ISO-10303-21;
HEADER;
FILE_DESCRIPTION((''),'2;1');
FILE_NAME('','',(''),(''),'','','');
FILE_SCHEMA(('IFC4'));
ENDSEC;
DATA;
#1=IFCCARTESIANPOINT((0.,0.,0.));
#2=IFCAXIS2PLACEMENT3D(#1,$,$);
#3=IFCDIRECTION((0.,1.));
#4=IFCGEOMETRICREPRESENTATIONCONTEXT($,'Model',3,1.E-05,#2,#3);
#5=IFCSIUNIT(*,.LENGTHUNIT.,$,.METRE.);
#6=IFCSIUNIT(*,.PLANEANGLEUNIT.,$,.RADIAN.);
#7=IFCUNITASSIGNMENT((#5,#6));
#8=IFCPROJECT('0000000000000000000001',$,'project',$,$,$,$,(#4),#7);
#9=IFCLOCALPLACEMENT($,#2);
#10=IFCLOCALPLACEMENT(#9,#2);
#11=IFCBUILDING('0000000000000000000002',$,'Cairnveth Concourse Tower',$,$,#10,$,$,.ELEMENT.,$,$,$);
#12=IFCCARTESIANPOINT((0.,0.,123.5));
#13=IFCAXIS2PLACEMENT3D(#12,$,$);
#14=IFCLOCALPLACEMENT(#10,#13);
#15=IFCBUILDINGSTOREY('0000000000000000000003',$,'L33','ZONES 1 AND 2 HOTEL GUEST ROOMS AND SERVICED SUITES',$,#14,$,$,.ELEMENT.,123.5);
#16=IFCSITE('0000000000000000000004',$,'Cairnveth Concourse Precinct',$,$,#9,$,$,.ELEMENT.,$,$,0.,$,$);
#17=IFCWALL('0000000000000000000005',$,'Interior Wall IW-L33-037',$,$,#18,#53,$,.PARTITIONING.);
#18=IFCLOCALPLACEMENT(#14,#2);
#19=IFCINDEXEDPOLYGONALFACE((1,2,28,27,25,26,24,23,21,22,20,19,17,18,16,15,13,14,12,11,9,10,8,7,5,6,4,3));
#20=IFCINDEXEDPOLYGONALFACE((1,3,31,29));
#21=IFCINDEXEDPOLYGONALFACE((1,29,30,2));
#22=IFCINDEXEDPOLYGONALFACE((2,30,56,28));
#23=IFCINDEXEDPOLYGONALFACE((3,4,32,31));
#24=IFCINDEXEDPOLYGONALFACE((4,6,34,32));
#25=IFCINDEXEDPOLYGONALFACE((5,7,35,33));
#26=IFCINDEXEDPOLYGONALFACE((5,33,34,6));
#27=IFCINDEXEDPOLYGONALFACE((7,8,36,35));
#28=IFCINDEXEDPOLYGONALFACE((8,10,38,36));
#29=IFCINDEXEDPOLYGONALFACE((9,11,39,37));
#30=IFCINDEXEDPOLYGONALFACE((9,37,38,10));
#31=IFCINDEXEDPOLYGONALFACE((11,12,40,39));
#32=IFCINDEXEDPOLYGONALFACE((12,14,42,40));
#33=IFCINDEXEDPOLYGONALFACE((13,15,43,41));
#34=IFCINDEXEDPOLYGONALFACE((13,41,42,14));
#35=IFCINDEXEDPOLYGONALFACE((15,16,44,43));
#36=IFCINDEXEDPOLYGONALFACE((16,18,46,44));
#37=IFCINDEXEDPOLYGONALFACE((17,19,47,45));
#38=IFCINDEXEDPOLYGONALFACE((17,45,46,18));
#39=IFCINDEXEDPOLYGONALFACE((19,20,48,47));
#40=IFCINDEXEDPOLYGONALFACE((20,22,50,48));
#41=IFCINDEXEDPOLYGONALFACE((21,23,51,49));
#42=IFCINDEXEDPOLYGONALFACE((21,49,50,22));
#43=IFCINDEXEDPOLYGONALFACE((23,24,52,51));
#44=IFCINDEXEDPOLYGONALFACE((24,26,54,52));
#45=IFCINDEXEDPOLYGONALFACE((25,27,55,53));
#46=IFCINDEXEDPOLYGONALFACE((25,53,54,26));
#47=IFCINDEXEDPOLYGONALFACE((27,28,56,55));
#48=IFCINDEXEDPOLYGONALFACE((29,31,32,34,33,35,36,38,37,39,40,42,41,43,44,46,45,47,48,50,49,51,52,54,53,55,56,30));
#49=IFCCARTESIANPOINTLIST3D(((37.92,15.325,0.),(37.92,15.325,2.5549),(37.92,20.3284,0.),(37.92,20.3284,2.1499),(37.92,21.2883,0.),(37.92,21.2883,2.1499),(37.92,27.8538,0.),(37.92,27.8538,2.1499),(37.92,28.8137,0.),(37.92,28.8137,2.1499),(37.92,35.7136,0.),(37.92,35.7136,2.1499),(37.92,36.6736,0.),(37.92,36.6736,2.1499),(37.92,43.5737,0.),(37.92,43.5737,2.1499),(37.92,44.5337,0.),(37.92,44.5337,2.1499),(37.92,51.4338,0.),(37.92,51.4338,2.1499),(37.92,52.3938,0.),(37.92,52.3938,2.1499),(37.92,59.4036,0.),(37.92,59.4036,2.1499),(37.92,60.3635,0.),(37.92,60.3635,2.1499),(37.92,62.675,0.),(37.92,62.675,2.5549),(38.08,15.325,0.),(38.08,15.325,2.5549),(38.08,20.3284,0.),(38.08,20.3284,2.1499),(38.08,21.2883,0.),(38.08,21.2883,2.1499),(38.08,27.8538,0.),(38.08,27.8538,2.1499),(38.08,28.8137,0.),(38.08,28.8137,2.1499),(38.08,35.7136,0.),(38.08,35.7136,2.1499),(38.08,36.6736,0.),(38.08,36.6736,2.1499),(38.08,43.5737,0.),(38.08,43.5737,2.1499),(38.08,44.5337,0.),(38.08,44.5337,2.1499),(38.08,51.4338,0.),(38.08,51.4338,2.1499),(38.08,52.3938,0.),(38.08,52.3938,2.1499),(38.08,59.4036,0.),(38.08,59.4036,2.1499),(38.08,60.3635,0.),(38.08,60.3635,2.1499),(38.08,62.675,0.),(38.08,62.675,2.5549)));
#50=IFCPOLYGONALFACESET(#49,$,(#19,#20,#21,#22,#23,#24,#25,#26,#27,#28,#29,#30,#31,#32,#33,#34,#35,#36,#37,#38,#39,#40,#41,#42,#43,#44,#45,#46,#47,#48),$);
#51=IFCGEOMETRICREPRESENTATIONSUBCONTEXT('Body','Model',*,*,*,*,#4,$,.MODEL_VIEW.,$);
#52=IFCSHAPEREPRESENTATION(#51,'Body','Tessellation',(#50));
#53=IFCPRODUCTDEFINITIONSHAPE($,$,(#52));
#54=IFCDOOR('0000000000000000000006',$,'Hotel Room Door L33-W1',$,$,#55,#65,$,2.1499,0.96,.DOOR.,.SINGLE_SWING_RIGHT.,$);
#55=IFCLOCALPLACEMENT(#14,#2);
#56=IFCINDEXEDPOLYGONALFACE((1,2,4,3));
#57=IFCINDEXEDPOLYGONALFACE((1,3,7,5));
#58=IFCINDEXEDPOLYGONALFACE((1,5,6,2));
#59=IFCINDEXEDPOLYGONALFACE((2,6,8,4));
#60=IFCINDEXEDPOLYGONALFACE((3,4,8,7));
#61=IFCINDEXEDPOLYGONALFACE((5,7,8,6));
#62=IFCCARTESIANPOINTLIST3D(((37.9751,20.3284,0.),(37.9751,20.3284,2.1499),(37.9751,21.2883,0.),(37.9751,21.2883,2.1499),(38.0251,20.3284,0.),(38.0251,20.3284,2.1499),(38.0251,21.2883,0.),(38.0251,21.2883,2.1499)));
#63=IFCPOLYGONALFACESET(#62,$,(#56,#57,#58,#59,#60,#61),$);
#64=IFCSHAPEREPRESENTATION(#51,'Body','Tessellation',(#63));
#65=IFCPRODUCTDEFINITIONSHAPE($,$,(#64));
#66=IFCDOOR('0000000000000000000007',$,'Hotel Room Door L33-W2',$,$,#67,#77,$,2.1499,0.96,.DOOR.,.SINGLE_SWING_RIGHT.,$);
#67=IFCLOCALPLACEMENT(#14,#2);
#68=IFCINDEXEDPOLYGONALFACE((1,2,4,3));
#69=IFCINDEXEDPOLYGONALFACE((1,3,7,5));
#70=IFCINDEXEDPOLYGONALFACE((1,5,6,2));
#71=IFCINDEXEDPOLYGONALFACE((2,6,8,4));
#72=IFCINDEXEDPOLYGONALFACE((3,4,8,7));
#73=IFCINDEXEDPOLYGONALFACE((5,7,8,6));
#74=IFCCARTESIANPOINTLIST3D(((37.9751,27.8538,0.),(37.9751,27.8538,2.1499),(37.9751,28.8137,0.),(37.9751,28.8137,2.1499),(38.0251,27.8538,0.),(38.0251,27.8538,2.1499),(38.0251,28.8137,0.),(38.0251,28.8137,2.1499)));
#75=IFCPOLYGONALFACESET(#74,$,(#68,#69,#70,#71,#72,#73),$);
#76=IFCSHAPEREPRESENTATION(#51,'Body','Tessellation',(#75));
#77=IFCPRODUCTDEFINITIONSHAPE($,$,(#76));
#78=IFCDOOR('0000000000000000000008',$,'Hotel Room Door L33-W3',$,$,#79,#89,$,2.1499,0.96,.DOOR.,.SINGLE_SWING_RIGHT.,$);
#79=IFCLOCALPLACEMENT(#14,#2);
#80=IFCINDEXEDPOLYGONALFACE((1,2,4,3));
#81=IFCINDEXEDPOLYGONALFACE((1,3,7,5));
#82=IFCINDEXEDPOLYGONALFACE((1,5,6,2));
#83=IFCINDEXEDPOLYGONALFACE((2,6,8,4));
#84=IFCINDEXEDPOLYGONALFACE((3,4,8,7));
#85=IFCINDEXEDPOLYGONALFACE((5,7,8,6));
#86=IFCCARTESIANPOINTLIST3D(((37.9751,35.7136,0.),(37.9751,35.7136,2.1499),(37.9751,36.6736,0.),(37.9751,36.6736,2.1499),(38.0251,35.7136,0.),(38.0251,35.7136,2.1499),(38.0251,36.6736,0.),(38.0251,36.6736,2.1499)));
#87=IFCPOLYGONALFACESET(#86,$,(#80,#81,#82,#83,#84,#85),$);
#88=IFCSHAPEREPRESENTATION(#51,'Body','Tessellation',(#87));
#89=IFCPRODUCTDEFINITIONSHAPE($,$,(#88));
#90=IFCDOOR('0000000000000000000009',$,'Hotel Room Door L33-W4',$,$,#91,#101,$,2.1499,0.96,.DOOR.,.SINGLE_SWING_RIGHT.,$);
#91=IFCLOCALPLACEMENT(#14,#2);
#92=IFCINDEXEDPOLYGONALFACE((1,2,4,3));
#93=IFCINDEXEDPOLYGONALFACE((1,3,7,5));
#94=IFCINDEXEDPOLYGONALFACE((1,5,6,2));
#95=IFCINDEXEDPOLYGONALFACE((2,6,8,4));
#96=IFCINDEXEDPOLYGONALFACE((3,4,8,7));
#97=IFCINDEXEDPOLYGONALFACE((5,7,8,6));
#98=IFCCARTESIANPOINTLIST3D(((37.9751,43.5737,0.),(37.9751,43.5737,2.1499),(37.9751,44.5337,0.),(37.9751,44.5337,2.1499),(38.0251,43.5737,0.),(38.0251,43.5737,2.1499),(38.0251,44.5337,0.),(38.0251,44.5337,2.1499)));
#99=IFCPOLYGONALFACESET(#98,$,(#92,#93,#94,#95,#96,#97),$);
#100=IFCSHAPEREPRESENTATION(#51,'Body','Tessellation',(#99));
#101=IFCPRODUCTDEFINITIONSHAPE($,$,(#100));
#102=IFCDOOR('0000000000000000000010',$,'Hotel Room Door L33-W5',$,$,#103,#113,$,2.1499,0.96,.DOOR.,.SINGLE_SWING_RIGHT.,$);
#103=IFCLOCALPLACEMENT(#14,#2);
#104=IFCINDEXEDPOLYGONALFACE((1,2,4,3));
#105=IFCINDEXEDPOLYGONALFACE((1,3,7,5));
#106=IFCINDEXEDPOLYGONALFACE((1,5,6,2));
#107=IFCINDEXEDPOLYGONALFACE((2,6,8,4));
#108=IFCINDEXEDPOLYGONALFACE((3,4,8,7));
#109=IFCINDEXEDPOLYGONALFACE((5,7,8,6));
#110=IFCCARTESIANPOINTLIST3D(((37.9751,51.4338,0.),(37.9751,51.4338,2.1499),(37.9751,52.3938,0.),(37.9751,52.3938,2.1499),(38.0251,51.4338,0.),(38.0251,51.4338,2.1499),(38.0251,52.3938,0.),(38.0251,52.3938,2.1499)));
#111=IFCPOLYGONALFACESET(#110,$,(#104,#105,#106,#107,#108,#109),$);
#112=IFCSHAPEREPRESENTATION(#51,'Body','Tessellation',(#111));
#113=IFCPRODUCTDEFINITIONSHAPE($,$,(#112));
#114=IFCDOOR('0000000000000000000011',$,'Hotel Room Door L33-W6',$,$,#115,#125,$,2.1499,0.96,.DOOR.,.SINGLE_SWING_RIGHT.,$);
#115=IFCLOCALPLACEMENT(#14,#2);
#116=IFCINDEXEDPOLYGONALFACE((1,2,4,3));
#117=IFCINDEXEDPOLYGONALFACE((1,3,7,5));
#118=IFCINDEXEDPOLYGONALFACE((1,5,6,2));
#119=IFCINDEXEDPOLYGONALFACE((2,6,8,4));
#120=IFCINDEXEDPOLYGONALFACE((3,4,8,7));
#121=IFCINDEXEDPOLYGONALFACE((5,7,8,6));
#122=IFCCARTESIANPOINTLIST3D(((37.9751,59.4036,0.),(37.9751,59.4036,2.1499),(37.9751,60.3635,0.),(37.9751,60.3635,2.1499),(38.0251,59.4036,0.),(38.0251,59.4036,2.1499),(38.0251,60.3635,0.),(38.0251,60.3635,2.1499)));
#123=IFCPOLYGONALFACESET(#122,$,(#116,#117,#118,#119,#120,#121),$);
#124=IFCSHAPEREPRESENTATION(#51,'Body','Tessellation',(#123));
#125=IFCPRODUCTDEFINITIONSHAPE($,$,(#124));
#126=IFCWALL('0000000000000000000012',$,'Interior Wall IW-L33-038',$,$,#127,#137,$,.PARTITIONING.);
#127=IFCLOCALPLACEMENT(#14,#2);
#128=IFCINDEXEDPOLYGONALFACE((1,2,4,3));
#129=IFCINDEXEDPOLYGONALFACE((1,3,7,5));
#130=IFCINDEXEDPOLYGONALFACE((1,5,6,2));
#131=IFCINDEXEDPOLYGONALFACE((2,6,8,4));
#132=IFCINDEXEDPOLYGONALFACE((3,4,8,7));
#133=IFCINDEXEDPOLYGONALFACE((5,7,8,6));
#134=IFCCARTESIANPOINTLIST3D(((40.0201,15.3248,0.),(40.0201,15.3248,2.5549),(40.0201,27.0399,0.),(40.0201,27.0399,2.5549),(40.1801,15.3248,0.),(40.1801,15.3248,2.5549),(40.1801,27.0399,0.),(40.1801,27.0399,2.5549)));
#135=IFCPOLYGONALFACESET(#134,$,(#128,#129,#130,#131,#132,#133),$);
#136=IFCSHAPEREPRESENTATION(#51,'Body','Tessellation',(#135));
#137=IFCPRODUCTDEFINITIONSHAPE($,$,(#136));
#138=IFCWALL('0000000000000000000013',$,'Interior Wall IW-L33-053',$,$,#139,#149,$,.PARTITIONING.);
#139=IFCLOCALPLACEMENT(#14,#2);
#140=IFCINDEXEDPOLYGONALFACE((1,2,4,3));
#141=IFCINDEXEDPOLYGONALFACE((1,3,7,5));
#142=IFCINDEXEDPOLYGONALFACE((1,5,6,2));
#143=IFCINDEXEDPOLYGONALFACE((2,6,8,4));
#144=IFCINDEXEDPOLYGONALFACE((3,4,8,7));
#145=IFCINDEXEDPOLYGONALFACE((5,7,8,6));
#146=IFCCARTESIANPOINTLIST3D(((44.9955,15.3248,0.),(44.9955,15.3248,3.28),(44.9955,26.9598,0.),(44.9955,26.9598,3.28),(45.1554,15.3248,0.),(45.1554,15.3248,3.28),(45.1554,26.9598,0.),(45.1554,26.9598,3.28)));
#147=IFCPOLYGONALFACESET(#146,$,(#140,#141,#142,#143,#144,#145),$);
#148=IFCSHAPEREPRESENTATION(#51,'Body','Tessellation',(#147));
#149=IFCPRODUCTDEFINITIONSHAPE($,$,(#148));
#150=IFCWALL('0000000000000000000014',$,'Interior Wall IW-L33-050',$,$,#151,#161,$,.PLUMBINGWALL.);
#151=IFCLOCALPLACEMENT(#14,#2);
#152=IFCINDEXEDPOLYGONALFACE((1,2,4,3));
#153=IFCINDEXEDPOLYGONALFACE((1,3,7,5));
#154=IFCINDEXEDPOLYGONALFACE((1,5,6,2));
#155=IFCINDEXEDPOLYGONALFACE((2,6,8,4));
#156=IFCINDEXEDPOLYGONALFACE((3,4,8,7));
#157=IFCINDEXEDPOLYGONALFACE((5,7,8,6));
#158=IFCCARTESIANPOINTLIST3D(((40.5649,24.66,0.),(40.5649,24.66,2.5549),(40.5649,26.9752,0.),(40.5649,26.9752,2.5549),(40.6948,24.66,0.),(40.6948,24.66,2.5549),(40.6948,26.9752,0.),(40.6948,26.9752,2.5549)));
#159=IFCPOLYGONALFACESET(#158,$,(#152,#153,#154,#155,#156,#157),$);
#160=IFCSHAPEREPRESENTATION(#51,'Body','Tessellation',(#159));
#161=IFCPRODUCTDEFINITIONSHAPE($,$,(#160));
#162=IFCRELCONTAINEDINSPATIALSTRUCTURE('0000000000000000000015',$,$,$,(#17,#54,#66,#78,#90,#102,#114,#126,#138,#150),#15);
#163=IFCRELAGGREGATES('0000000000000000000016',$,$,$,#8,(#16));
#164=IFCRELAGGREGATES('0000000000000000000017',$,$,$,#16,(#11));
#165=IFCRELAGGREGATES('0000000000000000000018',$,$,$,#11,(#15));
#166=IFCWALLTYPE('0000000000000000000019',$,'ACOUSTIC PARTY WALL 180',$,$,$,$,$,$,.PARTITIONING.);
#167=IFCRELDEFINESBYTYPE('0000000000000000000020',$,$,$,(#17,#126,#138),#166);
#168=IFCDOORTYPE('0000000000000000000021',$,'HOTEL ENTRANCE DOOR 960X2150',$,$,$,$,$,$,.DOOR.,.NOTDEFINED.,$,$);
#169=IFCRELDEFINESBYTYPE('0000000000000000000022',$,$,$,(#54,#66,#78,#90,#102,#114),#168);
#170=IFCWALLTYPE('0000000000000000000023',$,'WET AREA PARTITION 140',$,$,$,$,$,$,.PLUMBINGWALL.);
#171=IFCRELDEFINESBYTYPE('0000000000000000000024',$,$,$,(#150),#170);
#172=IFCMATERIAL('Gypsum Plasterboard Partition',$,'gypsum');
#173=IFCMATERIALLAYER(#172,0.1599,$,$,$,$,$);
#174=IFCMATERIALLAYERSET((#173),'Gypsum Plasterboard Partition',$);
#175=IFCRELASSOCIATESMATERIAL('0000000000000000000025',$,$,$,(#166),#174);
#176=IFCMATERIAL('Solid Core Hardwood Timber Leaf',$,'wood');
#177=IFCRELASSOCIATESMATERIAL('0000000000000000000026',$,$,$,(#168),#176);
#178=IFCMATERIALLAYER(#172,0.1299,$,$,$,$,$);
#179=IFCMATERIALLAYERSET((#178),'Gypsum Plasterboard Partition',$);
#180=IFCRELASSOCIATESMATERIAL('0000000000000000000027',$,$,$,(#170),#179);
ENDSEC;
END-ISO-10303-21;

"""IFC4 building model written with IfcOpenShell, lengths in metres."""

from ifc_helpers import new_model, si_unit, direction, frame, frame_2d, origin, place, context, subcontext, project, spatial, rectangle, extrude, material, layer, layer_set, type_object, element, fill, save


model = new_model("IFC4")

# Units and contexts
model_context = context("Model", 3, precision=1e-05, world=origin(), true_north=direction((0.0, 1.0)))
body_context = subcontext(model_context, "Body", "Model", "MODEL_VIEW")
ifc_project = project(units=[si_unit("LENGTHUNIT", "METRE"), si_unit("PLANEANGLEUNIT", "RADIAN")], contexts=[model_context])

# Site, building, storey
site_placement = place(None, origin())
site = spatial("IfcSite", under=ifc_project, at=site_placement, Name="Cairnveth Concourse Precinct", CompositionType="ELEMENT", RefElevation=0.0)
building_placement = place(site_placement, origin())
building = spatial("IfcBuilding", under=site, at=building_placement, Name="Cairnveth Concourse Tower", CompositionType="ELEMENT")
storey_placement = place(building_placement, frame((0.0, 0.0, 123.5)))
storey = spatial("IfcBuildingStorey", under=building, at=storey_placement, Name="L33", Description="ZONES 1 AND 2 HOTEL GUEST ROOMS AND SERVICED SUITES", CompositionType="ELEMENT", Elevation=123.5)

# Wall, openings, doors
ifc_material_1 = material(Name="Gypsum Plasterboard Partition", Category="gypsum")
ifc_layer_1 = layer(ifc_material_1, 0.1599)
ifc_layer_set_1 = layer_set([ifc_layer_1], Name="Gypsum Plasterboard Partition")
wall_type_1 = type_object("IfcWallType", Name="ACOUSTIC PARTY WALL 180", PredefinedType="PARTITIONING", material=ifc_layer_set_1)
wall_1_placement = place(storey_placement, frame((38.0, 15.325, 0.0), z_axis=(0.0, 0.0, 1.0), x_axis=(0.0, 1.0, 0.0)))
wall_1 = element("IfcWall", 1, at=wall_1_placement, inside=storey, type_object=wall_type_1, Name="Interior Wall IW-L33-037", PredefinedType="PARTITIONING", context=body_context, shape_type="SweptSolid", body=[
    extrude(rectangle(XDim=47.3501, YDim=0.1599, at=frame_2d((23.675, 0.0))), origin(), (0.0, 0.0, 1.0), 2.5549),
])
opening_1_placement = place(wall_1_placement, frame((5.0034, 0.0, 0.0)))
opening_1 = element("IfcOpeningElement", 2, at=opening_1_placement, cuts=wall_1, PredefinedType="OPENING", context=body_context, shape_type="SweptSolid", body=[
    extrude(rectangle(XDim=0.96, YDim=2.1499, at=frame_2d((0.48, 1.075))), frame((0.0, 0.0898, 0.0), z_axis=(0.0, -1.0, 0.0), x_axis=(1.0, 0.0, 0.0)), (0.0, 0.0, 1.0), 0.1799),
])
opening_2_placement = place(wall_1_placement, frame((12.5288, 0.0, 0.0)))
opening_2 = element("IfcOpeningElement", 3, at=opening_2_placement, cuts=wall_1, PredefinedType="OPENING", context=body_context, shape_type="SweptSolid", body=[
    extrude(rectangle(XDim=0.96, YDim=2.1499, at=frame_2d((0.48, 1.075))), frame((0.0, 0.0898, 0.0), z_axis=(0.0, -1.0, 0.0), x_axis=(1.0, 0.0, 0.0)), (0.0, 0.0, 1.0), 0.1799),
])
opening_3_placement = place(wall_1_placement, frame((20.3887, 0.0, 0.0)))
opening_3 = element("IfcOpeningElement", 4, at=opening_3_placement, cuts=wall_1, PredefinedType="OPENING", context=body_context, shape_type="SweptSolid", body=[
    extrude(rectangle(XDim=0.96, YDim=2.1499, at=frame_2d((0.48, 1.075))), frame((0.0, 0.0898, 0.0), z_axis=(0.0, -1.0, 0.0), x_axis=(1.0, 0.0, 0.0)), (0.0, 0.0, 1.0), 0.1799),
])
opening_4_placement = place(wall_1_placement, frame((28.2488, 0.0, 0.0)))
opening_4 = element("IfcOpeningElement", 5, at=opening_4_placement, cuts=wall_1, PredefinedType="OPENING", context=body_context, shape_type="SweptSolid", body=[
    extrude(rectangle(XDim=0.96, YDim=2.1499, at=frame_2d((0.48, 1.075))), frame((0.0, 0.0898, 0.0), z_axis=(0.0, -1.0, 0.0), x_axis=(1.0, 0.0, 0.0)), (0.0, 0.0, 1.0), 0.1799),
])
opening_5_placement = place(wall_1_placement, frame((36.1089, 0.0, 0.0)))
opening_5 = element("IfcOpeningElement", 6, at=opening_5_placement, cuts=wall_1, PredefinedType="OPENING", context=body_context, shape_type="SweptSolid", body=[
    extrude(rectangle(XDim=0.96, YDim=2.1499, at=frame_2d((0.48, 1.075))), frame((0.0, 0.0898, 0.0), z_axis=(0.0, -1.0, 0.0), x_axis=(1.0, 0.0, 0.0)), (0.0, 0.0, 1.0), 0.1799),
])
opening_6_placement = place(wall_1_placement, frame((44.0786, 0.0, 0.0)))
opening_6 = element("IfcOpeningElement", 7, at=opening_6_placement, cuts=wall_1, PredefinedType="OPENING", context=body_context, shape_type="SweptSolid", body=[
    extrude(rectangle(XDim=0.96, YDim=2.1499, at=frame_2d((0.48, 1.075))), frame((0.0, 0.0898, 0.0), z_axis=(0.0, -1.0, 0.0), x_axis=(1.0, 0.0, 0.0)), (0.0, 0.0, 1.0), 0.1799),
])
ifc_material_2 = material(Name="Solid Core Hardwood Timber Leaf", Category="wood")
door_type_1 = type_object("IfcDoorType", Name="HOTEL ENTRANCE DOOR 960X2150", OperationType="NOTDEFINED", PredefinedType="DOOR", material=ifc_material_2)
door_1_placement = place(opening_1_placement, origin())
door_1 = element("IfcDoor", 8, at=door_1_placement, inside=storey, type_object=door_type_1, Name="Hotel Room Door L33-W1", OperationType="SINGLE_SWING_RIGHT", OverallHeight=2.1499, OverallWidth=0.96, PredefinedType="DOOR", context=body_context, shape_type="SweptSolid", body=[
    extrude(rectangle(XDim=0.96, YDim=2.1499, at=frame_2d((0.48, 1.075))), frame((0.0, 0.0249, 0.0), z_axis=(0.0, -1.0, 0.0), x_axis=(1.0, 0.0, 0.0)), (0.0, 0.0, 1.0), 0.05),
])
fill(opening_1, door_1)
door_2_placement = place(opening_2_placement, origin())
door_2 = element("IfcDoor", 9, at=door_2_placement, inside=storey, type_object=door_type_1, Name="Hotel Room Door L33-W2", OperationType="SINGLE_SWING_RIGHT", OverallHeight=2.1499, OverallWidth=0.96, PredefinedType="DOOR", context=body_context, shape_type="SweptSolid", body=[
    extrude(rectangle(XDim=0.96, YDim=2.1499, at=frame_2d((0.48, 1.075))), frame((0.0, 0.0249, 0.0), z_axis=(0.0, -1.0, 0.0), x_axis=(1.0, 0.0, 0.0)), (0.0, 0.0, 1.0), 0.05),
])
fill(opening_2, door_2)
door_3_placement = place(opening_3_placement, origin())
door_3 = element("IfcDoor", 10, at=door_3_placement, inside=storey, type_object=door_type_1, Name="Hotel Room Door L33-W3", OperationType="SINGLE_SWING_RIGHT", OverallHeight=2.1499, OverallWidth=0.96, PredefinedType="DOOR", context=body_context, shape_type="SweptSolid", body=[
    extrude(rectangle(XDim=0.96, YDim=2.1499, at=frame_2d((0.48, 1.075))), frame((0.0, 0.0249, 0.0), z_axis=(0.0, -1.0, 0.0), x_axis=(1.0, 0.0, 0.0)), (0.0, 0.0, 1.0), 0.05),
])
fill(opening_3, door_3)
door_4_placement = place(opening_4_placement, origin())
door_4 = element("IfcDoor", 11, at=door_4_placement, inside=storey, type_object=door_type_1, Name="Hotel Room Door L33-W4", OperationType="SINGLE_SWING_RIGHT", OverallHeight=2.1499, OverallWidth=0.96, PredefinedType="DOOR", context=body_context, shape_type="SweptSolid", body=[
    extrude(rectangle(XDim=0.96, YDim=2.1499, at=frame_2d((0.48, 1.075))), frame((0.0, 0.0249, 0.0), z_axis=(0.0, -1.0, 0.0), x_axis=(1.0, 0.0, 0.0)), (0.0, 0.0, 1.0), 0.05),
])
fill(opening_4, door_4)
door_5_placement = place(opening_5_placement, origin())
door_5 = element("IfcDoor", 12, at=door_5_placement, inside=storey, type_object=door_type_1, Name="Hotel Room Door L33-W5", OperationType="SINGLE_SWING_RIGHT", OverallHeight=2.1499, OverallWidth=0.96, PredefinedType="DOOR", context=body_context, shape_type="SweptSolid", body=[
    extrude(rectangle(XDim=0.96, YDim=2.1499, at=frame_2d((0.48, 1.075))), frame((0.0, 0.0249, 0.0), z_axis=(0.0, -1.0, 0.0), x_axis=(1.0, 0.0, 0.0)), (0.0, 0.0, 1.0), 0.05),
])
fill(opening_5, door_5)
door_6_placement = place(opening_6_placement, origin())
door_6 = element("IfcDoor", 13, at=door_6_placement, inside=storey, type_object=door_type_1, Name="Hotel Room Door L33-W6", OperationType="SINGLE_SWING_RIGHT", OverallHeight=2.1499, OverallWidth=0.96, PredefinedType="DOOR", context=body_context, shape_type="SweptSolid", body=[
    extrude(rectangle(XDim=0.96, YDim=2.1499, at=frame_2d((0.48, 1.075))), frame((0.0, 0.0249, 0.0), z_axis=(0.0, -1.0, 0.0), x_axis=(1.0, 0.0, 0.0)), (0.0, 0.0, 1.0), 0.05),
])
fill(opening_6, door_6)

# Walls
wall_2_placement = place(storey_placement, frame((40.1001, 15.325, 0.0), z_axis=(0.0, 0.0, 1.0), x_axis=(0.0, 1.0, 0.0)))
element("IfcWall", 14, at=wall_2_placement, inside=storey, type_object=wall_type_1, Name="Interior Wall IW-L33-038", PredefinedType="PARTITIONING", context=body_context, shape_type="SweptSolid", body=[
    extrude(rectangle(XDim=11.7151, YDim=0.1599, at=frame_2d((5.8574, 0.0))), origin(), (0.0, 0.0, 1.0), 2.5549),
])
wall_3_placement = place(storey_placement, frame((45.0754, 15.325, 0.0), z_axis=(0.0, 0.0, 1.0), x_axis=(0.0, 1.0, 0.0)))
element("IfcWall", 15, at=wall_3_placement, inside=storey, type_object=wall_type_1, Name="Interior Wall IW-L33-053", PredefinedType="PARTITIONING", context=body_context, shape_type="SweptSolid", body=[
    extrude(rectangle(XDim=11.635, YDim=0.1599, at=frame_2d((5.8174, 0.0))), origin(), (0.0, 0.0, 1.0), 3.28),
])
ifc_layer_2 = layer(ifc_material_1, 0.1299)
ifc_layer_set_2 = layer_set([ifc_layer_2], Name="Gypsum Plasterboard Partition")
wall_type_2 = type_object("IfcWallType", Name="WET AREA PARTITION 140", PredefinedType="PLUMBINGWALL", material=ifc_layer_set_2)
wall_4_placement = place(storey_placement, frame((40.6299, 24.6599, 0.0), z_axis=(0.0, 0.0, 1.0), x_axis=(0.0, 1.0, 0.0)))
element("IfcWall", 16, at=wall_4_placement, inside=storey, type_object=wall_type_2, Name="Interior Wall IW-L33-050", PredefinedType="PLUMBINGWALL", context=body_context, shape_type="SweptSolid", body=[
    extrude(rectangle(XDim=2.3152, YDim=0.1299, at=frame_2d((1.1577, 0.0))), origin(), (0.0, 0.0, 1.0), 2.5549),
])

save(model, "model.ifc")
